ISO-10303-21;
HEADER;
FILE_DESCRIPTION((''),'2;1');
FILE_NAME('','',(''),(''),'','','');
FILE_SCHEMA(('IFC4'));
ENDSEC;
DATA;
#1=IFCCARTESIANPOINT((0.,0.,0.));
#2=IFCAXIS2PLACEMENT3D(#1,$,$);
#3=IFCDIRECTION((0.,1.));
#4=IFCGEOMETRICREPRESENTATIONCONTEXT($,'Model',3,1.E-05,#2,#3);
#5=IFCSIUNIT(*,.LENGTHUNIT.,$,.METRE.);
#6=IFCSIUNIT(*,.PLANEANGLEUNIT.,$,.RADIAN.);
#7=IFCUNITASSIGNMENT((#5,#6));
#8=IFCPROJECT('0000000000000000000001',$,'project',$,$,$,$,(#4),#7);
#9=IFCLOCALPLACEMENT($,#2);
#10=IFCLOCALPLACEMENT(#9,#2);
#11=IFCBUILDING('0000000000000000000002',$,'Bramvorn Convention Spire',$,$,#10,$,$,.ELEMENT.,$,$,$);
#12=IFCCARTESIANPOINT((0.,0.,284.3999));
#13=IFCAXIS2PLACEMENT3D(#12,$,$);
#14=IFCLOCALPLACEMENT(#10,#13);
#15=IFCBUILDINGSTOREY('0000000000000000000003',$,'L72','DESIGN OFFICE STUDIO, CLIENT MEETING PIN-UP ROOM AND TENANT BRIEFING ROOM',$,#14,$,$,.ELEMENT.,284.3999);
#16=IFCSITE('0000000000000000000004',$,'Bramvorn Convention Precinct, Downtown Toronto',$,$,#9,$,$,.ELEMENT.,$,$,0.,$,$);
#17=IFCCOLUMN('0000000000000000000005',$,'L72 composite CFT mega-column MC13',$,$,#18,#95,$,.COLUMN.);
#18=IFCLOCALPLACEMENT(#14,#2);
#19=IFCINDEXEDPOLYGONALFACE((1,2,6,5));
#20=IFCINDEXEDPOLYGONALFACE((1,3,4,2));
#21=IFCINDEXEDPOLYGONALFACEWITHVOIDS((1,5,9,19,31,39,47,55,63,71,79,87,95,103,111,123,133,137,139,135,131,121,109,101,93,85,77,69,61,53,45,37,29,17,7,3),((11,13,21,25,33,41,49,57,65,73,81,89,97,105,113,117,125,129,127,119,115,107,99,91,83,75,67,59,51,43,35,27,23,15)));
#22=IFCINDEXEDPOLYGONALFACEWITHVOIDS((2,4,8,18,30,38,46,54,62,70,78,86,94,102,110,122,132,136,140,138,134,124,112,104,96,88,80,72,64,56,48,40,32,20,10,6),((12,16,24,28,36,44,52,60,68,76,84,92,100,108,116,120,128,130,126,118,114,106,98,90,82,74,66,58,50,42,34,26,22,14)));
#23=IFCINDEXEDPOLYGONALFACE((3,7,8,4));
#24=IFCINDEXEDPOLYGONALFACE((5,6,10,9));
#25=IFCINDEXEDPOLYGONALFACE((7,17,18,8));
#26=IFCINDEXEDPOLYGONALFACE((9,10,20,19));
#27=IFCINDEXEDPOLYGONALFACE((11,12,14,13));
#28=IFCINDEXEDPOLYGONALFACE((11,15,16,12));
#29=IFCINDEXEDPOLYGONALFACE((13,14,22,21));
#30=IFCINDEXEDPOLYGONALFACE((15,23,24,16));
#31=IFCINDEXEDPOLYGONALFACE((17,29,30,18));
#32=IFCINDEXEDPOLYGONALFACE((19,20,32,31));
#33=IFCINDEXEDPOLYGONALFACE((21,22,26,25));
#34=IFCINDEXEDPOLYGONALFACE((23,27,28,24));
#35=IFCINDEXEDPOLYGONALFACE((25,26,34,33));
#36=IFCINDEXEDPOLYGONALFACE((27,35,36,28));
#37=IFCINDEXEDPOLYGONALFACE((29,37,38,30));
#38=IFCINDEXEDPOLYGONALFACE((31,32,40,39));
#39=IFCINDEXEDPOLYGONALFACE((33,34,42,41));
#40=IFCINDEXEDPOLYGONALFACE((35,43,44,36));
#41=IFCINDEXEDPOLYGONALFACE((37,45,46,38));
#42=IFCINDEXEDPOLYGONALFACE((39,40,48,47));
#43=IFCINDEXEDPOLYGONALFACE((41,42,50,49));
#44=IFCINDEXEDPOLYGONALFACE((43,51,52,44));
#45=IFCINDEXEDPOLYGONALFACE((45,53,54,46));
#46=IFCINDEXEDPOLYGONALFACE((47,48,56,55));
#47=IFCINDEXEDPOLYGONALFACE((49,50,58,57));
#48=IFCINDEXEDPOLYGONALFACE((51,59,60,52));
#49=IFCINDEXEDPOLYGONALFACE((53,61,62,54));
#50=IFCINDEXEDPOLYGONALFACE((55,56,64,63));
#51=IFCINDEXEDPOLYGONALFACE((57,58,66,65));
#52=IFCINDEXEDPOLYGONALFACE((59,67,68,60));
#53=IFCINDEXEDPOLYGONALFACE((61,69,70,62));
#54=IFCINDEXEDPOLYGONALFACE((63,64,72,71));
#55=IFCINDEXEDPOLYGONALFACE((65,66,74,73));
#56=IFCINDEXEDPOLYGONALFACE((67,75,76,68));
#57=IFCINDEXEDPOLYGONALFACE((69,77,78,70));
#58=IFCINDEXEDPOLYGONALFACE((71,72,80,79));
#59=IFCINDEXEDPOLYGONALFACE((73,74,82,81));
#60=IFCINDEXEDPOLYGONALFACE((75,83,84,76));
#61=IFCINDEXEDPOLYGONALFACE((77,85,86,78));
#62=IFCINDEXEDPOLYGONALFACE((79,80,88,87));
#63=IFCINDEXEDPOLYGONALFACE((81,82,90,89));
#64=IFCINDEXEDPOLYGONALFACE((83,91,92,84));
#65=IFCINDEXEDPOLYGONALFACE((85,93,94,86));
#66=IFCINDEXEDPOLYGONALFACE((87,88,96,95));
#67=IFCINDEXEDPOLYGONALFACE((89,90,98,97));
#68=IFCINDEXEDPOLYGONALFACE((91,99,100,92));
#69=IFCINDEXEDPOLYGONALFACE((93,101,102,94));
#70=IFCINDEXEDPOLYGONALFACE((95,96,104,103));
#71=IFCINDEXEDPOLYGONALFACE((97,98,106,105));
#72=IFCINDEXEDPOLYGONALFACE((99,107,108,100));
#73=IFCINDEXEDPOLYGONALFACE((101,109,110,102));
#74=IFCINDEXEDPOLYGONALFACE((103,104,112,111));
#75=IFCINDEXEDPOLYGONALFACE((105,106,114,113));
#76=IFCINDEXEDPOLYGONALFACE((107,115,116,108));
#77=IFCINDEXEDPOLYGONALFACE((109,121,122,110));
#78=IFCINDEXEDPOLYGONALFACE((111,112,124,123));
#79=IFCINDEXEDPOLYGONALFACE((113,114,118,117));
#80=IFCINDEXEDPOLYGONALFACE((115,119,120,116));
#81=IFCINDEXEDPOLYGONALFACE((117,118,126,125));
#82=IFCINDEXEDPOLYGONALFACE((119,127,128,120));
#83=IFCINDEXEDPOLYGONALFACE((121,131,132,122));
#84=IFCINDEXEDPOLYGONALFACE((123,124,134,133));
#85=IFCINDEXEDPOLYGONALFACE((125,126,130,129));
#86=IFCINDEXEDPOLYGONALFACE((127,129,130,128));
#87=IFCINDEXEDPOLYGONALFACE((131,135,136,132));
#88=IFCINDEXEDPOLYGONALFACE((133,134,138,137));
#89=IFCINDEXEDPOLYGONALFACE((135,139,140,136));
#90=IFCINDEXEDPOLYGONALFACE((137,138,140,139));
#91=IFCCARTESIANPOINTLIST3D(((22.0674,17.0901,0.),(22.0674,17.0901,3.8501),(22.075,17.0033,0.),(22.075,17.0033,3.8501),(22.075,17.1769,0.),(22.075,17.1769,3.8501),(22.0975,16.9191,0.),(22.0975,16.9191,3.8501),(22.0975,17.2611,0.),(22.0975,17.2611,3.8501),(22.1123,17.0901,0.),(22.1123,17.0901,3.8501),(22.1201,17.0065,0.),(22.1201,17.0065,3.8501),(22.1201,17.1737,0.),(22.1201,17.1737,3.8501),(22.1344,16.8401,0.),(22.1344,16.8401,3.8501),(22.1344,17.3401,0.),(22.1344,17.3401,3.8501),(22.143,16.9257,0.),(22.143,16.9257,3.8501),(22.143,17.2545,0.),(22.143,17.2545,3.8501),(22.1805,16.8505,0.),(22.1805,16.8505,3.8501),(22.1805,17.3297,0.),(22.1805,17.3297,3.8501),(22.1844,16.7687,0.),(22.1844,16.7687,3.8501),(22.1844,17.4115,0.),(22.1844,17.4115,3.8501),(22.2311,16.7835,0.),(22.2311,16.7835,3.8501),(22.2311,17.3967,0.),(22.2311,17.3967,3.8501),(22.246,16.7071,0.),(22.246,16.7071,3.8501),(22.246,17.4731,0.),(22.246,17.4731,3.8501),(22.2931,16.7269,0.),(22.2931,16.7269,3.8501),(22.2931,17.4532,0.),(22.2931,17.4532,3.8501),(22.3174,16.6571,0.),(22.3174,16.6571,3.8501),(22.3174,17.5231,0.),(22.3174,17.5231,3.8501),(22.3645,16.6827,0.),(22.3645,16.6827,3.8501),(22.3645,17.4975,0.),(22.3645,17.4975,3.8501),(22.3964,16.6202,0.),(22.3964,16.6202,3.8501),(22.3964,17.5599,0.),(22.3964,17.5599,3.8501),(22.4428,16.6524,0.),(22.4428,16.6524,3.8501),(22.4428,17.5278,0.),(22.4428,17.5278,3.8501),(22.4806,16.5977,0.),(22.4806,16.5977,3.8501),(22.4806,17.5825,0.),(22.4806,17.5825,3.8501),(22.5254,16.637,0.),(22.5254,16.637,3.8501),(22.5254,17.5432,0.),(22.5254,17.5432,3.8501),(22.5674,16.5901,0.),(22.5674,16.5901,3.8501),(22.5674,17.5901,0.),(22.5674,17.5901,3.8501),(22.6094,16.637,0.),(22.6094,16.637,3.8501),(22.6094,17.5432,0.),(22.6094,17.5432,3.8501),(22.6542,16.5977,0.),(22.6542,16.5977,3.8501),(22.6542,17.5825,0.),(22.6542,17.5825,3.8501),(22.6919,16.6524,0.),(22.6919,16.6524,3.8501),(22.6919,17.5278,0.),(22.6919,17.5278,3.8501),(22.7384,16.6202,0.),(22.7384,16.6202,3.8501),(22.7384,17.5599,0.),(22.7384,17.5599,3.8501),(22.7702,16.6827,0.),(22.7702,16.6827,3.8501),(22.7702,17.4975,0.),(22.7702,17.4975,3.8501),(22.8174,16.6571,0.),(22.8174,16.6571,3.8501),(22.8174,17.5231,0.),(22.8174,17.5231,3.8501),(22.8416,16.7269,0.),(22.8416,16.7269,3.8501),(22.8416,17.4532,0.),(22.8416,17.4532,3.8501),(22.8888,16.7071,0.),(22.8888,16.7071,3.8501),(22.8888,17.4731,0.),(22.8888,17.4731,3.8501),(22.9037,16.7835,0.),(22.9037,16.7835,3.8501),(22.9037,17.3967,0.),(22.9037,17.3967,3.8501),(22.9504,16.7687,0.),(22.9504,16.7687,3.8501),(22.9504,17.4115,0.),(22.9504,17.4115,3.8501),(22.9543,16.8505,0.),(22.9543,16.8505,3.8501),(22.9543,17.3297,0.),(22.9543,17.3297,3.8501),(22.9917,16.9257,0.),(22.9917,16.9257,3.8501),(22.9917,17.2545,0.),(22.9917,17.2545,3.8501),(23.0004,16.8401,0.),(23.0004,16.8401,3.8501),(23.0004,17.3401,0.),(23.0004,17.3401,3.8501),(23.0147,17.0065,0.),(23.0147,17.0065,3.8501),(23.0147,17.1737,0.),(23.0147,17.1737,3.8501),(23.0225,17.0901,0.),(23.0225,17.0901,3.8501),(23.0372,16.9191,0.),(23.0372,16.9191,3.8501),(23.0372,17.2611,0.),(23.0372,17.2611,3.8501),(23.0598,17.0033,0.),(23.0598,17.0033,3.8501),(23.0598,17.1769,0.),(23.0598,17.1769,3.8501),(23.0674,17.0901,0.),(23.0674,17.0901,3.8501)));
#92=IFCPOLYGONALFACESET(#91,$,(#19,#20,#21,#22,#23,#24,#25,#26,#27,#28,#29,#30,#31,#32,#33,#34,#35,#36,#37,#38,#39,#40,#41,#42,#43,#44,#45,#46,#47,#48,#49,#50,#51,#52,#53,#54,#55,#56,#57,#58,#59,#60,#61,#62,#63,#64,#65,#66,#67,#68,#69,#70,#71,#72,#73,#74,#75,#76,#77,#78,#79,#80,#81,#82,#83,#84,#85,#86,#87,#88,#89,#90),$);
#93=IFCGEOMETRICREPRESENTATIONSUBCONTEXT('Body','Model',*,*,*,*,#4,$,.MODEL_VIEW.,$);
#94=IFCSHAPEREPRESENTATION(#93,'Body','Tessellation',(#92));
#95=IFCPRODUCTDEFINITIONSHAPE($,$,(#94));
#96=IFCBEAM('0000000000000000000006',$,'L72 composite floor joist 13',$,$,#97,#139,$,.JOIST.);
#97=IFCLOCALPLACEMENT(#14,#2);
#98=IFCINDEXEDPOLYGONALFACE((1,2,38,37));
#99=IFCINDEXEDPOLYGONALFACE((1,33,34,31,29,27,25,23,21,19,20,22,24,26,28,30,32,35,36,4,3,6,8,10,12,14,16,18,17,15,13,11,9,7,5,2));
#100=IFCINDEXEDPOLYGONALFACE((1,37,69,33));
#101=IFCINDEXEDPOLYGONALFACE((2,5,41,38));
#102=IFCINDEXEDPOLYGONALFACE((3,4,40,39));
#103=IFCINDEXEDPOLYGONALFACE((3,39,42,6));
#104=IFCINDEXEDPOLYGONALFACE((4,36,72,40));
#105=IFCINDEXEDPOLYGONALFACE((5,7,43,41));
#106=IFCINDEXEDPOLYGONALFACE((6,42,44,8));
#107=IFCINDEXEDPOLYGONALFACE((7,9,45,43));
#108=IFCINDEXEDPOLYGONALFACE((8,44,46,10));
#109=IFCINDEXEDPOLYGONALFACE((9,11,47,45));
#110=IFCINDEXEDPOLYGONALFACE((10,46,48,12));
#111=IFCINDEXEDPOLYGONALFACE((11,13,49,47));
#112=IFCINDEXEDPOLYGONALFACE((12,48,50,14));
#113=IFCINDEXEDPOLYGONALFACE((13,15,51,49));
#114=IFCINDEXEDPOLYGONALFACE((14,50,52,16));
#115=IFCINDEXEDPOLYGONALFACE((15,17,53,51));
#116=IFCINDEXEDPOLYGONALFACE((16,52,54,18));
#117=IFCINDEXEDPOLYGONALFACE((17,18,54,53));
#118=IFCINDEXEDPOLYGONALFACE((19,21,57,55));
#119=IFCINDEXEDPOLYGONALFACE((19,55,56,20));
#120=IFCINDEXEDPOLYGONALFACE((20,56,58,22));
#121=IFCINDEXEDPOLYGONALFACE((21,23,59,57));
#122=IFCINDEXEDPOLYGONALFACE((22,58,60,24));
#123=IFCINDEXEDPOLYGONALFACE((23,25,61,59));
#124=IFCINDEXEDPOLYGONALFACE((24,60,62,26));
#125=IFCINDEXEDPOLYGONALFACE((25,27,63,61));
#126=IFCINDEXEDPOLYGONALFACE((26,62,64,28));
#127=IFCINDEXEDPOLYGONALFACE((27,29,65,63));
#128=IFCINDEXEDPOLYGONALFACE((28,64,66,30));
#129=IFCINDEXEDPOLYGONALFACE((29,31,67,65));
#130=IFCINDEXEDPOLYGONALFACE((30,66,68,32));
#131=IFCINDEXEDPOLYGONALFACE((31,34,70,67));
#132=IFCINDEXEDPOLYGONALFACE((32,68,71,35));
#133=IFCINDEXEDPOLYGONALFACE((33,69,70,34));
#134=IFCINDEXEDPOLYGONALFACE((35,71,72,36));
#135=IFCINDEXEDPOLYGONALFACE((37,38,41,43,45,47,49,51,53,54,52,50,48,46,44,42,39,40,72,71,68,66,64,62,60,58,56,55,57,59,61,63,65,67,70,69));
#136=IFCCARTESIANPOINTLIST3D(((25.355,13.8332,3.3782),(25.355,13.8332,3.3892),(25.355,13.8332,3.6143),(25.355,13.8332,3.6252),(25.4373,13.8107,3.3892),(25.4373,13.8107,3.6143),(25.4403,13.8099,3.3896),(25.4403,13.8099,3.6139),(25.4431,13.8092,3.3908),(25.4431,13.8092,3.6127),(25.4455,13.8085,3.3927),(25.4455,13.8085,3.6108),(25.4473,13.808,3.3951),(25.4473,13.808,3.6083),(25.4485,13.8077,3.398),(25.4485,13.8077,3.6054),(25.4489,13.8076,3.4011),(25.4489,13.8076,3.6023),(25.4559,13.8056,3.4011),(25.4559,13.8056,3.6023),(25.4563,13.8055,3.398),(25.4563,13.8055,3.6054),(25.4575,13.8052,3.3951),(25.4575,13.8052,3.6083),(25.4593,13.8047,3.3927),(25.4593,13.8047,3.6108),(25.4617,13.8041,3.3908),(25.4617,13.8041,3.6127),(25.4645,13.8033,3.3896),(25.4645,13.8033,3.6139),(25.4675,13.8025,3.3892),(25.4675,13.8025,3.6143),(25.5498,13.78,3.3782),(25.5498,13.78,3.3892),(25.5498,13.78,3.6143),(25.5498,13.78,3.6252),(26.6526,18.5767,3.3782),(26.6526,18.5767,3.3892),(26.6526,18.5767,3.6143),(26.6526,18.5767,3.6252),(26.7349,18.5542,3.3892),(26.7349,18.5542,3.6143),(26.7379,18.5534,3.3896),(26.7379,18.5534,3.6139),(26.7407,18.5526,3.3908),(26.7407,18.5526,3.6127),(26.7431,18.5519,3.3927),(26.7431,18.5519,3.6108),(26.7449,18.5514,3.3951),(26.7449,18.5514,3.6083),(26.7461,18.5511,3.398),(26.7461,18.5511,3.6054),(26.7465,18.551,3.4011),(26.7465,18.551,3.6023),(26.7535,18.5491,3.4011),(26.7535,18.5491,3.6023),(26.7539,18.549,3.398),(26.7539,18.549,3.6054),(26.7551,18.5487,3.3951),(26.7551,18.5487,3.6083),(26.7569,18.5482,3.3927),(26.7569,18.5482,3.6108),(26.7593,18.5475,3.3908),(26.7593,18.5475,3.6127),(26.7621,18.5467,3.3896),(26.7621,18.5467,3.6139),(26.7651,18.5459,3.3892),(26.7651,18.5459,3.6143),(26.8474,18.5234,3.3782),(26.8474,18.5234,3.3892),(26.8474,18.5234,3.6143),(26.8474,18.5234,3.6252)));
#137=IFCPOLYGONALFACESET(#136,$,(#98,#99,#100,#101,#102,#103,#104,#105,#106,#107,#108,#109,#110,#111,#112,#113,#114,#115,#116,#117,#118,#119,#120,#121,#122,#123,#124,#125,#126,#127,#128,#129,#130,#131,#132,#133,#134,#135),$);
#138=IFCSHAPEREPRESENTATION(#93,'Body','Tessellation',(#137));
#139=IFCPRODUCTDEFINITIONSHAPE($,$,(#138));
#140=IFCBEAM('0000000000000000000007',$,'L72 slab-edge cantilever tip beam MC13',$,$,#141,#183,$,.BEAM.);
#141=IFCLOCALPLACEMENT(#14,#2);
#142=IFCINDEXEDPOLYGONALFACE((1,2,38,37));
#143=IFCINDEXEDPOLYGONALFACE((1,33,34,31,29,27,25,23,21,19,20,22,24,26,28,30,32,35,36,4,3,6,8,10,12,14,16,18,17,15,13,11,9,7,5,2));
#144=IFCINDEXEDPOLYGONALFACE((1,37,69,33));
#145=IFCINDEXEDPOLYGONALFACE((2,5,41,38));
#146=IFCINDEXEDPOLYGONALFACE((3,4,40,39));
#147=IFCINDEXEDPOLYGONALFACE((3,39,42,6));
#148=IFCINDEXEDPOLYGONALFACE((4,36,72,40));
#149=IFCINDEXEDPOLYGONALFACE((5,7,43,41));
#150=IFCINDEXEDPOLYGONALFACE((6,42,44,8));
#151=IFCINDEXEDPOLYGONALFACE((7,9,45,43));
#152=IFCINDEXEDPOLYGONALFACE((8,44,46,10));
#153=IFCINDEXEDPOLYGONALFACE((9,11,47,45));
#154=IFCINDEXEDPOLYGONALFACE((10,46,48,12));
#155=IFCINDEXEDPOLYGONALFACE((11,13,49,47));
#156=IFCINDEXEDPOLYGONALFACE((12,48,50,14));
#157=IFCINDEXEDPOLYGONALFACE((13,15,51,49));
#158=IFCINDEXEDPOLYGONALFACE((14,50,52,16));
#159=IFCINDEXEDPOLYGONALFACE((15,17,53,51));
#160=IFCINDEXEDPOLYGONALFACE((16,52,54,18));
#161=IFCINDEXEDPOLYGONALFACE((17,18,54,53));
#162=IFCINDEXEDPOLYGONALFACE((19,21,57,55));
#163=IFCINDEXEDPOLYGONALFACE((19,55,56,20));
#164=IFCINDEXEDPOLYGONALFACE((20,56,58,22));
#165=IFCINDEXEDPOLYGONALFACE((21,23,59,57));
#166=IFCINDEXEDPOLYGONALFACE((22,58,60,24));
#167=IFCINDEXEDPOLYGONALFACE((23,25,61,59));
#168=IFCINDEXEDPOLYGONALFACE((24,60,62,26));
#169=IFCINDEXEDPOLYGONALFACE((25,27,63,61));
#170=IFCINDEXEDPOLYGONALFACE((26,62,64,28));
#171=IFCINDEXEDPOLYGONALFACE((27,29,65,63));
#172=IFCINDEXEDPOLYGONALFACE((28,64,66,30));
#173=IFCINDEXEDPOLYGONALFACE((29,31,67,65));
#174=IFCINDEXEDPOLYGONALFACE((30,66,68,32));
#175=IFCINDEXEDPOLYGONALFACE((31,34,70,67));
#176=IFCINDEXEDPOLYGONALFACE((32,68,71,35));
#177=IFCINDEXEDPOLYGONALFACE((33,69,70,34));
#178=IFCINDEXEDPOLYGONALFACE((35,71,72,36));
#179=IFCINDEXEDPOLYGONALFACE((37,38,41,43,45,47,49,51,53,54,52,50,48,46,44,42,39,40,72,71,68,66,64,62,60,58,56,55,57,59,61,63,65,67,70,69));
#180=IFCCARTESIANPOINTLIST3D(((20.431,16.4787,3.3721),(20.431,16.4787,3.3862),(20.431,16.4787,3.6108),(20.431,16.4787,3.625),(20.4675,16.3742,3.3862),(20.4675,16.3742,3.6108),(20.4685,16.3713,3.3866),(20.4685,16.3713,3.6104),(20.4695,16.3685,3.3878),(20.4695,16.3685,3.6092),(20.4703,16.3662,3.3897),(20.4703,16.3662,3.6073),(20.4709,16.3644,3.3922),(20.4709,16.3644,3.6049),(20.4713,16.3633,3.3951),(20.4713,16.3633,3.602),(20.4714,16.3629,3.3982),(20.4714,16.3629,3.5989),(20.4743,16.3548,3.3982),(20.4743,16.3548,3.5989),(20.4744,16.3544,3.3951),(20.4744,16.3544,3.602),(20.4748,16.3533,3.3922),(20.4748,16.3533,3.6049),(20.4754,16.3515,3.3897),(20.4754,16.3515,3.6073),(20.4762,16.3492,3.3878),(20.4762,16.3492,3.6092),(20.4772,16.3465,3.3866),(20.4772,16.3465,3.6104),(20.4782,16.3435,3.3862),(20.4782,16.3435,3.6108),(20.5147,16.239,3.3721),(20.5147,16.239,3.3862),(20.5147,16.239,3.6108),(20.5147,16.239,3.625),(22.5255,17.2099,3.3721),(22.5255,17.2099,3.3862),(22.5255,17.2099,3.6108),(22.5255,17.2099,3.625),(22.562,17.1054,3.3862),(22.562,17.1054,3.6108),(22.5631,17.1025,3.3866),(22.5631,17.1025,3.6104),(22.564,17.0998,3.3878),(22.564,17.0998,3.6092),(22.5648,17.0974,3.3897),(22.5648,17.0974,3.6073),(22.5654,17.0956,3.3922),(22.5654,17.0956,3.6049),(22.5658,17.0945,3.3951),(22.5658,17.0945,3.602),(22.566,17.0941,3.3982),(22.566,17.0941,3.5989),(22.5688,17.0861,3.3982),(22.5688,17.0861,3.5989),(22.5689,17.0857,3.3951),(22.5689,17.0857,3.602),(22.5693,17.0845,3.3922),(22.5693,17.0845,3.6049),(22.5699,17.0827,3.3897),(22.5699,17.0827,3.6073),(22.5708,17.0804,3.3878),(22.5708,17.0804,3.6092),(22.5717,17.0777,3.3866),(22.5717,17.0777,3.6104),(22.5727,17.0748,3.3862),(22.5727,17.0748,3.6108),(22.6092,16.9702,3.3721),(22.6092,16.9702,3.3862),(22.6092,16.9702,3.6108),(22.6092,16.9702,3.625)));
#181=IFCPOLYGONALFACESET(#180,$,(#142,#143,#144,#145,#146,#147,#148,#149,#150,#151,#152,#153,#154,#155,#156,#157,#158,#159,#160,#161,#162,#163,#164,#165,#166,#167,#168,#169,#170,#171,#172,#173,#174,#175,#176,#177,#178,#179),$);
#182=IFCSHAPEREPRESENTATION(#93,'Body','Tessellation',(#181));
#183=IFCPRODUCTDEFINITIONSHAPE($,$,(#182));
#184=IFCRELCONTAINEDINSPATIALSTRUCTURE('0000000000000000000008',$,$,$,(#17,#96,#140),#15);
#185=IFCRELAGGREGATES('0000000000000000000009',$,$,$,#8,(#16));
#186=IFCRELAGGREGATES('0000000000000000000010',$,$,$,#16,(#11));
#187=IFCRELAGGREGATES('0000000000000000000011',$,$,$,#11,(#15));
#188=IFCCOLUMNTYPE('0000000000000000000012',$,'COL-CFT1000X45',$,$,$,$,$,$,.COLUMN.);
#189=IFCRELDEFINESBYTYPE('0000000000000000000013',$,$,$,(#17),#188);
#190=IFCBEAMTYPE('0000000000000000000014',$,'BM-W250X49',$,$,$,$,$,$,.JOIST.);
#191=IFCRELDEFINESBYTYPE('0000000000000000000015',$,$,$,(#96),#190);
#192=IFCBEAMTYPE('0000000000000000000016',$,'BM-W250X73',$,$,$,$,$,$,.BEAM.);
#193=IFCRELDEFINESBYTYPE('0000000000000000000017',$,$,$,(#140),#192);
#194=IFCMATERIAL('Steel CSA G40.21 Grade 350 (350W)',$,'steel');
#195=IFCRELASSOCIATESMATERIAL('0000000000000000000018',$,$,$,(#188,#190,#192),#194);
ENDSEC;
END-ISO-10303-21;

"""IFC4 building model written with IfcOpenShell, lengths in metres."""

from ifc_helpers import new_model, si_unit, direction, frame, origin, origin_2d, place, context, subcontext, project, spatial, hollow_circle, i_section, extrude, material, material_profile, profile_set, type_object, element, save


model = new_model("IFC4")

# Units and contexts
model_context = context("Model", 3, precision=1e-05, world=origin(), true_north=direction((0.0, 1.0)))
body_context = subcontext(model_context, "Body", "Model", "MODEL_VIEW")
ifc_project = project(units=[si_unit("LENGTHUNIT", "METRE"), si_unit("PLANEANGLEUNIT", "RADIAN")], contexts=[model_context])

# Site, building, storey
site_placement = place(None, origin())
site = spatial("IfcSite", under=ifc_project, at=site_placement, Name="Bramvorn Convention Precinct, Downtown Toronto", CompositionType="ELEMENT", RefElevation=0.0)
building_placement = place(site_placement, origin())
building = spatial("IfcBuilding", under=site, at=building_placement, Name="Bramvorn Convention Spire", CompositionType="ELEMENT")
storey_placement = place(building_placement, frame((0.0, 0.0, 284.3999)))
storey = spatial("IfcBuildingStorey", under=building, at=storey_placement, Name="L72", Description="DESIGN OFFICE STUDIO, CLIENT MEETING PIN-UP ROOM AND TENANT BRIEFING ROOM", CompositionType="ELEMENT", Elevation=284.3999)

# Column
ifc_material_1 = material(Name="Steel CSA G40.21 Grade 350 (350W)", Category="steel")
ifc_material_profile_1 = material_profile(ifc_material_1, hollow_circle(Radius=0.5, WallThickness=0.0449, at=origin_2d()))
ifc_profile_set_1 = profile_set([ifc_material_profile_1], Name="Steel CSA G40.21 Grade 350 (350W) - CFT1000X45")
column_type = type_object("IfcColumnType", Name="COL-CFT1000X45", PredefinedType="COLUMN", material=ifc_profile_set_1)
column_placement = place(storey_placement, frame((22.5674, 17.0901, 0.0), z_axis=(0.0, 0.0, 1.0), x_axis=(1.0, 0.0, 0.0)))
element("IfcColumn", 1, at=column_placement, inside=storey, type_object=column_type, Name="L72 composite CFT mega-column MC13", PredefinedType="COLUMN", context=body_context, shape_type="SweptSolid", body=[
    extrude(hollow_circle(Radius=0.5, WallThickness=0.0449, at=origin_2d()), origin(), (0.0, 0.0, 1.0), 3.8501),
])

# Beams
ifc_material_profile_2 = material_profile(ifc_material_1, i_section(OverallWidth=0.2019, OverallDepth=0.2471, WebThickness=0.0073, FlangeThickness=0.011, FilletRadius=0.012, at=origin_2d()))
ifc_profile_set_2 = profile_set([ifc_material_profile_2], Name="Steel CSA G40.21 Grade 350 (350W) - W250X49")
beam_type_1 = type_object("IfcBeamType", Name="BM-W250X49", PredefinedType="JOIST", material=ifc_profile_set_2)
beam_1_placement = place(storey_placement, frame((26.75, 18.55, 3.5017), z_axis=(-0.263865, -0.96456, 0.0), x_axis=(0.96456, -0.263865, 0.0)))
element("IfcBeam", 2, at=beam_1_placement, inside=storey, type_object=beam_type_1, Name="L72 composite floor joist 13", PredefinedType="JOIST", context=body_context, shape_type="SweptSolid", body=[
    extrude(i_section(OverallWidth=0.2019, OverallDepth=0.2471, WebThickness=0.0073, FlangeThickness=0.011, FilletRadius=0.012, at=origin_2d()), origin(), (0.0, 0.0, 1.0), 4.9177),
])
ifc_material_profile_3 = material_profile(ifc_material_1, i_section(OverallWidth=0.2539, OverallDepth=0.2529, WebThickness=0.0085, FlangeThickness=0.0142, FilletRadius=0.012, at=origin_2d()))
ifc_profile_set_3 = profile_set([ifc_material_profile_3], Name="Steel CSA G40.21 Grade 350 (350W) - W250X73")
beam_type_2 = type_object("IfcBeamType", Name="BM-W250X73", PredefinedType="BEAM", material=ifc_profile_set_3)
beam_2_placement = place(storey_placement, frame((22.5674, 17.0901, 3.4985), z_axis=(-0.944121, -0.3296, 0.0), x_axis=(0.3296, -0.944121, 0.0)))
element("IfcBeam", 3, at=beam_2_placement, inside=storey, type_object=beam_type_2, Name="L72 slab-edge cantilever tip beam MC13", PredefinedType="BEAM", context=body_context, shape_type="SweptSolid", body=[
    extrude(i_section(OverallWidth=0.2539, OverallDepth=0.2529, WebThickness=0.0085, FlangeThickness=0.0142, FilletRadius=0.012, at=origin_2d()), origin(), (0.0, 0.0, 1.0), 2.2185),
])

save(model, "model.ifc")
